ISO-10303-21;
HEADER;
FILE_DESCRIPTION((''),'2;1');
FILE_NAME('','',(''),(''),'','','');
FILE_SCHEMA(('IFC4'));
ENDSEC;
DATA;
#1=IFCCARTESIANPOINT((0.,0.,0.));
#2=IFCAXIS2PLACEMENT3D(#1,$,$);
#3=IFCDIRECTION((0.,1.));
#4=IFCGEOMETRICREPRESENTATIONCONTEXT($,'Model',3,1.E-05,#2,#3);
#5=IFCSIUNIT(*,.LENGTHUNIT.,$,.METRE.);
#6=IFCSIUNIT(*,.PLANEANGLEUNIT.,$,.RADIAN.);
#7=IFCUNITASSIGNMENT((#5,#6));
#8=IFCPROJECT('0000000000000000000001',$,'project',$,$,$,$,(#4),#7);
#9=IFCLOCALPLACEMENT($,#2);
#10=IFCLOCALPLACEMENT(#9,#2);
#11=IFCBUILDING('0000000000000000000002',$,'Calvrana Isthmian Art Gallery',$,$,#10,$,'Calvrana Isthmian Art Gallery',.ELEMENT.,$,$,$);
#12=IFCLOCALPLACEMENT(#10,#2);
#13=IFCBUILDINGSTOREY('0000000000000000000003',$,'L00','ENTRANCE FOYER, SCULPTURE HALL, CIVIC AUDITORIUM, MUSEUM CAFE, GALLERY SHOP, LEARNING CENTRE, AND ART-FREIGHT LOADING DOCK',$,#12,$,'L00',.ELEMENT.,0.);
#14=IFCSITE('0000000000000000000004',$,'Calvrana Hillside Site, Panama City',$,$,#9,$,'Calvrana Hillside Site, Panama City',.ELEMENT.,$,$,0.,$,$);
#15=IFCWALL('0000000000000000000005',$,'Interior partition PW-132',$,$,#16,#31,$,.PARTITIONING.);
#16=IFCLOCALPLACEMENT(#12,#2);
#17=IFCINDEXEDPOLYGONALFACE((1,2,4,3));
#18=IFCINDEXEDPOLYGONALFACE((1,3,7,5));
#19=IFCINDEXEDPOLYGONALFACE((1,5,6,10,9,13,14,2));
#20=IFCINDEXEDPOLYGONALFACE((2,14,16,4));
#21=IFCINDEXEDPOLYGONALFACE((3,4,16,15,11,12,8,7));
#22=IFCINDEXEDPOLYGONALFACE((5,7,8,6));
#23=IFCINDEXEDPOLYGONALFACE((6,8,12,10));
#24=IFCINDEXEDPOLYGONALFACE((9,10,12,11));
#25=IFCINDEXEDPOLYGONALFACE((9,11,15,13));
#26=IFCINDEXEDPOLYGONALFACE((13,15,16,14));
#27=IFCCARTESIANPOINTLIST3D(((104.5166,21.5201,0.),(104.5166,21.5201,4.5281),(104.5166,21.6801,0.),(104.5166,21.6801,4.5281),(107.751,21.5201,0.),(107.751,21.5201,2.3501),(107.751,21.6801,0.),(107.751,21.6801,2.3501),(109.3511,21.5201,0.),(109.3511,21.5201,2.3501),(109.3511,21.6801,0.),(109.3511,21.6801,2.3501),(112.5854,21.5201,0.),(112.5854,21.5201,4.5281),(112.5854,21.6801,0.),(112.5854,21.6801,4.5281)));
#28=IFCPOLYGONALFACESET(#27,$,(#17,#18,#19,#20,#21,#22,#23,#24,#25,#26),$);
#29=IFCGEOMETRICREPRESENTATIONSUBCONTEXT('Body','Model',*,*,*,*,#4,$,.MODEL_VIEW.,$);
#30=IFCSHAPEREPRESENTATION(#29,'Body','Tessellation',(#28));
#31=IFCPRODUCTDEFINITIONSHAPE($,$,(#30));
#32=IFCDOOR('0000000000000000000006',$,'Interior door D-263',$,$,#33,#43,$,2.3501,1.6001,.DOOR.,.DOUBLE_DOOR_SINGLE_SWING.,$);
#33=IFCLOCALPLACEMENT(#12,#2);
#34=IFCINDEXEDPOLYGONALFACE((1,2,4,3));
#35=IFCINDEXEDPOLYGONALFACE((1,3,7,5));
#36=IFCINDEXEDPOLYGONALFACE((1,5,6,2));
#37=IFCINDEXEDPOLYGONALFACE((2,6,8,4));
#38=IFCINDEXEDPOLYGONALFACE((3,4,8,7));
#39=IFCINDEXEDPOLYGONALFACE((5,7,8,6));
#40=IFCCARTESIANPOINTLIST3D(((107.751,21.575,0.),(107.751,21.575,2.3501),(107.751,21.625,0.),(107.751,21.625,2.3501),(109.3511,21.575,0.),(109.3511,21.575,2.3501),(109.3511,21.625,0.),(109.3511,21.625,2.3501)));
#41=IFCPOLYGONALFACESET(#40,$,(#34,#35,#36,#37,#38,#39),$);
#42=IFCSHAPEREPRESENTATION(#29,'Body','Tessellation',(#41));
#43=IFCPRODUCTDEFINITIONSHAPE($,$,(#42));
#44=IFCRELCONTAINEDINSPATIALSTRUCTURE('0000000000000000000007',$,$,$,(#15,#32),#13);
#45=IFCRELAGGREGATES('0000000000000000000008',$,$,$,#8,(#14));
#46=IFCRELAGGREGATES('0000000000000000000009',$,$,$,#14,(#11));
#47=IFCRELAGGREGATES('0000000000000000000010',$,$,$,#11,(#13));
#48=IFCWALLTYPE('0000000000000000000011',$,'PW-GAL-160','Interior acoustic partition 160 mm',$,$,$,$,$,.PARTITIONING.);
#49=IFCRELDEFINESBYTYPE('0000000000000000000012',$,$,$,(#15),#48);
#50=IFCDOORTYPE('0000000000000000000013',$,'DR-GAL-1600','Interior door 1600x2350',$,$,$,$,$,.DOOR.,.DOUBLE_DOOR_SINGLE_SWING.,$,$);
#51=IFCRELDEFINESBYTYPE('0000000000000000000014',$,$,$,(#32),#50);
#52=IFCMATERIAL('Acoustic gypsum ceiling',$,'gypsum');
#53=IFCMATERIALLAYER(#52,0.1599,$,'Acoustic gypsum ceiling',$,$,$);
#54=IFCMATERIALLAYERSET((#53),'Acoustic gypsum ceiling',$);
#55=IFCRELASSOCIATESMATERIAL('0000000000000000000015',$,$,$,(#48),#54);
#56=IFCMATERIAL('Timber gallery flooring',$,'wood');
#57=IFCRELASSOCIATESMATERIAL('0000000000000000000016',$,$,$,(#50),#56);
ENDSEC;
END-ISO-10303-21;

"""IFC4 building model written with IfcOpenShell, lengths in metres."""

from ifc_helpers import new_model, si_unit, direction, frame, frame_2d, origin, place, context, subcontext, project, spatial, rectangle, extrude, material, layer, layer_set, type_object, element, fill, save


model = new_model("IFC4")

# Units and contexts
model_context = context("Model", 3, precision=1e-05, world=origin(), true_north=direction((0.0, 1.0)))
body_context = subcontext(model_context, "Body", "Model", "MODEL_VIEW")
ifc_project = project(units=[si_unit("LENGTHUNIT", "METRE"), si_unit("PLANEANGLEUNIT", "RADIAN")], contexts=[model_context])

# Site, building, storey
site_placement = place(None, origin())
site = spatial("IfcSite", under=ifc_project, at=site_placement, Name="Calvrana Hillside Site, Panama City", LongName="Calvrana Hillside Site, Panama City", CompositionType="ELEMENT", RefElevation=0.0)
building_placement = place(site_placement, origin())
building = spatial("IfcBuilding", under=site, at=building_placement, Name="Calvrana Isthmian Art Gallery", LongName="Calvrana Isthmian Art Gallery", CompositionType="ELEMENT")
storey_placement = place(building_placement, origin())
storey = spatial("IfcBuildingStorey", under=building, at=storey_placement, Name="L00", Description="ENTRANCE FOYER, SCULPTURE HALL, CIVIC AUDITORIUM, MUSEUM CAFE, GALLERY SHOP, LEARNING CENTRE, AND ART-FREIGHT LOADING DOCK", LongName="L00", CompositionType="ELEMENT", Elevation=0.0)

# Shared definitions
ifc_material_1 = material(Name="Acoustic gypsum ceiling", Category="gypsum")

# Shared definitions
ifc_layer_1 = layer(ifc_material_1, 0.1599, Name="Acoustic gypsum ceiling")
ifc_layer_set_1 = layer_set([ifc_layer_1], Name="Acoustic gypsum ceiling")
wall_type_1 = type_object("IfcWallType", Name="PW-GAL-160", Description="Interior acoustic partition 160 mm", PredefinedType="PARTITIONING", material=ifc_layer_set_1)
ifc_material_2 = material(Name="Timber gallery flooring", Category="wood")

# Wall, opening, door
wall_1_placement = place(storey_placement, frame((104.5166, 21.6001, 0.0), z_axis=(0.0, 0.0, 1.0), x_axis=(1.0, 0.0, 0.0)))
wall_1 = element("IfcWall", 1, at=wall_1_placement, inside=storey, type_object=wall_type_1, Name="Interior partition PW-132", PredefinedType="PARTITIONING", context=body_context, shape_type="SweptSolid", body=[
    extrude(rectangle(XDim=8.0688, YDim=0.1599, at=frame_2d((4.0344, 0.0))), origin(), (0.0, 0.0, 1.0), 4.5281),
])
opening_1_placement = place(wall_1_placement, frame((3.2344, 0.0, 0.0)))
opening_1 = element("IfcOpeningElement", 2, at=opening_1_placement, cuts=wall_1, PredefinedType="OPENING", context=body_context, shape_type="SweptSolid", body=[
    extrude(rectangle(XDim=1.6001, YDim=2.3501, at=frame_2d((0.8, 1.175))), frame((0.0, 0.0903, 0.0), z_axis=(0.0, -1.0, 0.0), x_axis=(1.0, 0.0, 0.0)), (0.0, 0.0, 1.0), 0.1804),
])
door_type_1 = type_object("IfcDoorType", Name="DR-GAL-1600", Description="Interior door 1600x2350", OperationType="DOUBLE_DOOR_SINGLE_SWING", PredefinedType="DOOR", material=ifc_material_2)
door_1_placement = place(opening_1_placement, origin())
door_1 = element("IfcDoor", 3, at=door_1_placement, inside=storey, type_object=door_type_1, Name="Interior door D-263", OperationType="DOUBLE_DOOR_SINGLE_SWING", OverallHeight=2.3501, OverallWidth=1.6001, PredefinedType="DOOR", context=body_context, shape_type="SweptSolid", body=[
    extrude(rectangle(XDim=1.6001, YDim=2.3501, at=frame_2d((0.8, 1.175))), frame((0.0, 0.0249, 0.0), z_axis=(0.0, -1.0, 0.0), x_axis=(1.0, 0.0, 0.0)), (0.0, 0.0, 1.0), 0.05),
])
fill(opening_1, door_1)

save(model, "model.ifc")
